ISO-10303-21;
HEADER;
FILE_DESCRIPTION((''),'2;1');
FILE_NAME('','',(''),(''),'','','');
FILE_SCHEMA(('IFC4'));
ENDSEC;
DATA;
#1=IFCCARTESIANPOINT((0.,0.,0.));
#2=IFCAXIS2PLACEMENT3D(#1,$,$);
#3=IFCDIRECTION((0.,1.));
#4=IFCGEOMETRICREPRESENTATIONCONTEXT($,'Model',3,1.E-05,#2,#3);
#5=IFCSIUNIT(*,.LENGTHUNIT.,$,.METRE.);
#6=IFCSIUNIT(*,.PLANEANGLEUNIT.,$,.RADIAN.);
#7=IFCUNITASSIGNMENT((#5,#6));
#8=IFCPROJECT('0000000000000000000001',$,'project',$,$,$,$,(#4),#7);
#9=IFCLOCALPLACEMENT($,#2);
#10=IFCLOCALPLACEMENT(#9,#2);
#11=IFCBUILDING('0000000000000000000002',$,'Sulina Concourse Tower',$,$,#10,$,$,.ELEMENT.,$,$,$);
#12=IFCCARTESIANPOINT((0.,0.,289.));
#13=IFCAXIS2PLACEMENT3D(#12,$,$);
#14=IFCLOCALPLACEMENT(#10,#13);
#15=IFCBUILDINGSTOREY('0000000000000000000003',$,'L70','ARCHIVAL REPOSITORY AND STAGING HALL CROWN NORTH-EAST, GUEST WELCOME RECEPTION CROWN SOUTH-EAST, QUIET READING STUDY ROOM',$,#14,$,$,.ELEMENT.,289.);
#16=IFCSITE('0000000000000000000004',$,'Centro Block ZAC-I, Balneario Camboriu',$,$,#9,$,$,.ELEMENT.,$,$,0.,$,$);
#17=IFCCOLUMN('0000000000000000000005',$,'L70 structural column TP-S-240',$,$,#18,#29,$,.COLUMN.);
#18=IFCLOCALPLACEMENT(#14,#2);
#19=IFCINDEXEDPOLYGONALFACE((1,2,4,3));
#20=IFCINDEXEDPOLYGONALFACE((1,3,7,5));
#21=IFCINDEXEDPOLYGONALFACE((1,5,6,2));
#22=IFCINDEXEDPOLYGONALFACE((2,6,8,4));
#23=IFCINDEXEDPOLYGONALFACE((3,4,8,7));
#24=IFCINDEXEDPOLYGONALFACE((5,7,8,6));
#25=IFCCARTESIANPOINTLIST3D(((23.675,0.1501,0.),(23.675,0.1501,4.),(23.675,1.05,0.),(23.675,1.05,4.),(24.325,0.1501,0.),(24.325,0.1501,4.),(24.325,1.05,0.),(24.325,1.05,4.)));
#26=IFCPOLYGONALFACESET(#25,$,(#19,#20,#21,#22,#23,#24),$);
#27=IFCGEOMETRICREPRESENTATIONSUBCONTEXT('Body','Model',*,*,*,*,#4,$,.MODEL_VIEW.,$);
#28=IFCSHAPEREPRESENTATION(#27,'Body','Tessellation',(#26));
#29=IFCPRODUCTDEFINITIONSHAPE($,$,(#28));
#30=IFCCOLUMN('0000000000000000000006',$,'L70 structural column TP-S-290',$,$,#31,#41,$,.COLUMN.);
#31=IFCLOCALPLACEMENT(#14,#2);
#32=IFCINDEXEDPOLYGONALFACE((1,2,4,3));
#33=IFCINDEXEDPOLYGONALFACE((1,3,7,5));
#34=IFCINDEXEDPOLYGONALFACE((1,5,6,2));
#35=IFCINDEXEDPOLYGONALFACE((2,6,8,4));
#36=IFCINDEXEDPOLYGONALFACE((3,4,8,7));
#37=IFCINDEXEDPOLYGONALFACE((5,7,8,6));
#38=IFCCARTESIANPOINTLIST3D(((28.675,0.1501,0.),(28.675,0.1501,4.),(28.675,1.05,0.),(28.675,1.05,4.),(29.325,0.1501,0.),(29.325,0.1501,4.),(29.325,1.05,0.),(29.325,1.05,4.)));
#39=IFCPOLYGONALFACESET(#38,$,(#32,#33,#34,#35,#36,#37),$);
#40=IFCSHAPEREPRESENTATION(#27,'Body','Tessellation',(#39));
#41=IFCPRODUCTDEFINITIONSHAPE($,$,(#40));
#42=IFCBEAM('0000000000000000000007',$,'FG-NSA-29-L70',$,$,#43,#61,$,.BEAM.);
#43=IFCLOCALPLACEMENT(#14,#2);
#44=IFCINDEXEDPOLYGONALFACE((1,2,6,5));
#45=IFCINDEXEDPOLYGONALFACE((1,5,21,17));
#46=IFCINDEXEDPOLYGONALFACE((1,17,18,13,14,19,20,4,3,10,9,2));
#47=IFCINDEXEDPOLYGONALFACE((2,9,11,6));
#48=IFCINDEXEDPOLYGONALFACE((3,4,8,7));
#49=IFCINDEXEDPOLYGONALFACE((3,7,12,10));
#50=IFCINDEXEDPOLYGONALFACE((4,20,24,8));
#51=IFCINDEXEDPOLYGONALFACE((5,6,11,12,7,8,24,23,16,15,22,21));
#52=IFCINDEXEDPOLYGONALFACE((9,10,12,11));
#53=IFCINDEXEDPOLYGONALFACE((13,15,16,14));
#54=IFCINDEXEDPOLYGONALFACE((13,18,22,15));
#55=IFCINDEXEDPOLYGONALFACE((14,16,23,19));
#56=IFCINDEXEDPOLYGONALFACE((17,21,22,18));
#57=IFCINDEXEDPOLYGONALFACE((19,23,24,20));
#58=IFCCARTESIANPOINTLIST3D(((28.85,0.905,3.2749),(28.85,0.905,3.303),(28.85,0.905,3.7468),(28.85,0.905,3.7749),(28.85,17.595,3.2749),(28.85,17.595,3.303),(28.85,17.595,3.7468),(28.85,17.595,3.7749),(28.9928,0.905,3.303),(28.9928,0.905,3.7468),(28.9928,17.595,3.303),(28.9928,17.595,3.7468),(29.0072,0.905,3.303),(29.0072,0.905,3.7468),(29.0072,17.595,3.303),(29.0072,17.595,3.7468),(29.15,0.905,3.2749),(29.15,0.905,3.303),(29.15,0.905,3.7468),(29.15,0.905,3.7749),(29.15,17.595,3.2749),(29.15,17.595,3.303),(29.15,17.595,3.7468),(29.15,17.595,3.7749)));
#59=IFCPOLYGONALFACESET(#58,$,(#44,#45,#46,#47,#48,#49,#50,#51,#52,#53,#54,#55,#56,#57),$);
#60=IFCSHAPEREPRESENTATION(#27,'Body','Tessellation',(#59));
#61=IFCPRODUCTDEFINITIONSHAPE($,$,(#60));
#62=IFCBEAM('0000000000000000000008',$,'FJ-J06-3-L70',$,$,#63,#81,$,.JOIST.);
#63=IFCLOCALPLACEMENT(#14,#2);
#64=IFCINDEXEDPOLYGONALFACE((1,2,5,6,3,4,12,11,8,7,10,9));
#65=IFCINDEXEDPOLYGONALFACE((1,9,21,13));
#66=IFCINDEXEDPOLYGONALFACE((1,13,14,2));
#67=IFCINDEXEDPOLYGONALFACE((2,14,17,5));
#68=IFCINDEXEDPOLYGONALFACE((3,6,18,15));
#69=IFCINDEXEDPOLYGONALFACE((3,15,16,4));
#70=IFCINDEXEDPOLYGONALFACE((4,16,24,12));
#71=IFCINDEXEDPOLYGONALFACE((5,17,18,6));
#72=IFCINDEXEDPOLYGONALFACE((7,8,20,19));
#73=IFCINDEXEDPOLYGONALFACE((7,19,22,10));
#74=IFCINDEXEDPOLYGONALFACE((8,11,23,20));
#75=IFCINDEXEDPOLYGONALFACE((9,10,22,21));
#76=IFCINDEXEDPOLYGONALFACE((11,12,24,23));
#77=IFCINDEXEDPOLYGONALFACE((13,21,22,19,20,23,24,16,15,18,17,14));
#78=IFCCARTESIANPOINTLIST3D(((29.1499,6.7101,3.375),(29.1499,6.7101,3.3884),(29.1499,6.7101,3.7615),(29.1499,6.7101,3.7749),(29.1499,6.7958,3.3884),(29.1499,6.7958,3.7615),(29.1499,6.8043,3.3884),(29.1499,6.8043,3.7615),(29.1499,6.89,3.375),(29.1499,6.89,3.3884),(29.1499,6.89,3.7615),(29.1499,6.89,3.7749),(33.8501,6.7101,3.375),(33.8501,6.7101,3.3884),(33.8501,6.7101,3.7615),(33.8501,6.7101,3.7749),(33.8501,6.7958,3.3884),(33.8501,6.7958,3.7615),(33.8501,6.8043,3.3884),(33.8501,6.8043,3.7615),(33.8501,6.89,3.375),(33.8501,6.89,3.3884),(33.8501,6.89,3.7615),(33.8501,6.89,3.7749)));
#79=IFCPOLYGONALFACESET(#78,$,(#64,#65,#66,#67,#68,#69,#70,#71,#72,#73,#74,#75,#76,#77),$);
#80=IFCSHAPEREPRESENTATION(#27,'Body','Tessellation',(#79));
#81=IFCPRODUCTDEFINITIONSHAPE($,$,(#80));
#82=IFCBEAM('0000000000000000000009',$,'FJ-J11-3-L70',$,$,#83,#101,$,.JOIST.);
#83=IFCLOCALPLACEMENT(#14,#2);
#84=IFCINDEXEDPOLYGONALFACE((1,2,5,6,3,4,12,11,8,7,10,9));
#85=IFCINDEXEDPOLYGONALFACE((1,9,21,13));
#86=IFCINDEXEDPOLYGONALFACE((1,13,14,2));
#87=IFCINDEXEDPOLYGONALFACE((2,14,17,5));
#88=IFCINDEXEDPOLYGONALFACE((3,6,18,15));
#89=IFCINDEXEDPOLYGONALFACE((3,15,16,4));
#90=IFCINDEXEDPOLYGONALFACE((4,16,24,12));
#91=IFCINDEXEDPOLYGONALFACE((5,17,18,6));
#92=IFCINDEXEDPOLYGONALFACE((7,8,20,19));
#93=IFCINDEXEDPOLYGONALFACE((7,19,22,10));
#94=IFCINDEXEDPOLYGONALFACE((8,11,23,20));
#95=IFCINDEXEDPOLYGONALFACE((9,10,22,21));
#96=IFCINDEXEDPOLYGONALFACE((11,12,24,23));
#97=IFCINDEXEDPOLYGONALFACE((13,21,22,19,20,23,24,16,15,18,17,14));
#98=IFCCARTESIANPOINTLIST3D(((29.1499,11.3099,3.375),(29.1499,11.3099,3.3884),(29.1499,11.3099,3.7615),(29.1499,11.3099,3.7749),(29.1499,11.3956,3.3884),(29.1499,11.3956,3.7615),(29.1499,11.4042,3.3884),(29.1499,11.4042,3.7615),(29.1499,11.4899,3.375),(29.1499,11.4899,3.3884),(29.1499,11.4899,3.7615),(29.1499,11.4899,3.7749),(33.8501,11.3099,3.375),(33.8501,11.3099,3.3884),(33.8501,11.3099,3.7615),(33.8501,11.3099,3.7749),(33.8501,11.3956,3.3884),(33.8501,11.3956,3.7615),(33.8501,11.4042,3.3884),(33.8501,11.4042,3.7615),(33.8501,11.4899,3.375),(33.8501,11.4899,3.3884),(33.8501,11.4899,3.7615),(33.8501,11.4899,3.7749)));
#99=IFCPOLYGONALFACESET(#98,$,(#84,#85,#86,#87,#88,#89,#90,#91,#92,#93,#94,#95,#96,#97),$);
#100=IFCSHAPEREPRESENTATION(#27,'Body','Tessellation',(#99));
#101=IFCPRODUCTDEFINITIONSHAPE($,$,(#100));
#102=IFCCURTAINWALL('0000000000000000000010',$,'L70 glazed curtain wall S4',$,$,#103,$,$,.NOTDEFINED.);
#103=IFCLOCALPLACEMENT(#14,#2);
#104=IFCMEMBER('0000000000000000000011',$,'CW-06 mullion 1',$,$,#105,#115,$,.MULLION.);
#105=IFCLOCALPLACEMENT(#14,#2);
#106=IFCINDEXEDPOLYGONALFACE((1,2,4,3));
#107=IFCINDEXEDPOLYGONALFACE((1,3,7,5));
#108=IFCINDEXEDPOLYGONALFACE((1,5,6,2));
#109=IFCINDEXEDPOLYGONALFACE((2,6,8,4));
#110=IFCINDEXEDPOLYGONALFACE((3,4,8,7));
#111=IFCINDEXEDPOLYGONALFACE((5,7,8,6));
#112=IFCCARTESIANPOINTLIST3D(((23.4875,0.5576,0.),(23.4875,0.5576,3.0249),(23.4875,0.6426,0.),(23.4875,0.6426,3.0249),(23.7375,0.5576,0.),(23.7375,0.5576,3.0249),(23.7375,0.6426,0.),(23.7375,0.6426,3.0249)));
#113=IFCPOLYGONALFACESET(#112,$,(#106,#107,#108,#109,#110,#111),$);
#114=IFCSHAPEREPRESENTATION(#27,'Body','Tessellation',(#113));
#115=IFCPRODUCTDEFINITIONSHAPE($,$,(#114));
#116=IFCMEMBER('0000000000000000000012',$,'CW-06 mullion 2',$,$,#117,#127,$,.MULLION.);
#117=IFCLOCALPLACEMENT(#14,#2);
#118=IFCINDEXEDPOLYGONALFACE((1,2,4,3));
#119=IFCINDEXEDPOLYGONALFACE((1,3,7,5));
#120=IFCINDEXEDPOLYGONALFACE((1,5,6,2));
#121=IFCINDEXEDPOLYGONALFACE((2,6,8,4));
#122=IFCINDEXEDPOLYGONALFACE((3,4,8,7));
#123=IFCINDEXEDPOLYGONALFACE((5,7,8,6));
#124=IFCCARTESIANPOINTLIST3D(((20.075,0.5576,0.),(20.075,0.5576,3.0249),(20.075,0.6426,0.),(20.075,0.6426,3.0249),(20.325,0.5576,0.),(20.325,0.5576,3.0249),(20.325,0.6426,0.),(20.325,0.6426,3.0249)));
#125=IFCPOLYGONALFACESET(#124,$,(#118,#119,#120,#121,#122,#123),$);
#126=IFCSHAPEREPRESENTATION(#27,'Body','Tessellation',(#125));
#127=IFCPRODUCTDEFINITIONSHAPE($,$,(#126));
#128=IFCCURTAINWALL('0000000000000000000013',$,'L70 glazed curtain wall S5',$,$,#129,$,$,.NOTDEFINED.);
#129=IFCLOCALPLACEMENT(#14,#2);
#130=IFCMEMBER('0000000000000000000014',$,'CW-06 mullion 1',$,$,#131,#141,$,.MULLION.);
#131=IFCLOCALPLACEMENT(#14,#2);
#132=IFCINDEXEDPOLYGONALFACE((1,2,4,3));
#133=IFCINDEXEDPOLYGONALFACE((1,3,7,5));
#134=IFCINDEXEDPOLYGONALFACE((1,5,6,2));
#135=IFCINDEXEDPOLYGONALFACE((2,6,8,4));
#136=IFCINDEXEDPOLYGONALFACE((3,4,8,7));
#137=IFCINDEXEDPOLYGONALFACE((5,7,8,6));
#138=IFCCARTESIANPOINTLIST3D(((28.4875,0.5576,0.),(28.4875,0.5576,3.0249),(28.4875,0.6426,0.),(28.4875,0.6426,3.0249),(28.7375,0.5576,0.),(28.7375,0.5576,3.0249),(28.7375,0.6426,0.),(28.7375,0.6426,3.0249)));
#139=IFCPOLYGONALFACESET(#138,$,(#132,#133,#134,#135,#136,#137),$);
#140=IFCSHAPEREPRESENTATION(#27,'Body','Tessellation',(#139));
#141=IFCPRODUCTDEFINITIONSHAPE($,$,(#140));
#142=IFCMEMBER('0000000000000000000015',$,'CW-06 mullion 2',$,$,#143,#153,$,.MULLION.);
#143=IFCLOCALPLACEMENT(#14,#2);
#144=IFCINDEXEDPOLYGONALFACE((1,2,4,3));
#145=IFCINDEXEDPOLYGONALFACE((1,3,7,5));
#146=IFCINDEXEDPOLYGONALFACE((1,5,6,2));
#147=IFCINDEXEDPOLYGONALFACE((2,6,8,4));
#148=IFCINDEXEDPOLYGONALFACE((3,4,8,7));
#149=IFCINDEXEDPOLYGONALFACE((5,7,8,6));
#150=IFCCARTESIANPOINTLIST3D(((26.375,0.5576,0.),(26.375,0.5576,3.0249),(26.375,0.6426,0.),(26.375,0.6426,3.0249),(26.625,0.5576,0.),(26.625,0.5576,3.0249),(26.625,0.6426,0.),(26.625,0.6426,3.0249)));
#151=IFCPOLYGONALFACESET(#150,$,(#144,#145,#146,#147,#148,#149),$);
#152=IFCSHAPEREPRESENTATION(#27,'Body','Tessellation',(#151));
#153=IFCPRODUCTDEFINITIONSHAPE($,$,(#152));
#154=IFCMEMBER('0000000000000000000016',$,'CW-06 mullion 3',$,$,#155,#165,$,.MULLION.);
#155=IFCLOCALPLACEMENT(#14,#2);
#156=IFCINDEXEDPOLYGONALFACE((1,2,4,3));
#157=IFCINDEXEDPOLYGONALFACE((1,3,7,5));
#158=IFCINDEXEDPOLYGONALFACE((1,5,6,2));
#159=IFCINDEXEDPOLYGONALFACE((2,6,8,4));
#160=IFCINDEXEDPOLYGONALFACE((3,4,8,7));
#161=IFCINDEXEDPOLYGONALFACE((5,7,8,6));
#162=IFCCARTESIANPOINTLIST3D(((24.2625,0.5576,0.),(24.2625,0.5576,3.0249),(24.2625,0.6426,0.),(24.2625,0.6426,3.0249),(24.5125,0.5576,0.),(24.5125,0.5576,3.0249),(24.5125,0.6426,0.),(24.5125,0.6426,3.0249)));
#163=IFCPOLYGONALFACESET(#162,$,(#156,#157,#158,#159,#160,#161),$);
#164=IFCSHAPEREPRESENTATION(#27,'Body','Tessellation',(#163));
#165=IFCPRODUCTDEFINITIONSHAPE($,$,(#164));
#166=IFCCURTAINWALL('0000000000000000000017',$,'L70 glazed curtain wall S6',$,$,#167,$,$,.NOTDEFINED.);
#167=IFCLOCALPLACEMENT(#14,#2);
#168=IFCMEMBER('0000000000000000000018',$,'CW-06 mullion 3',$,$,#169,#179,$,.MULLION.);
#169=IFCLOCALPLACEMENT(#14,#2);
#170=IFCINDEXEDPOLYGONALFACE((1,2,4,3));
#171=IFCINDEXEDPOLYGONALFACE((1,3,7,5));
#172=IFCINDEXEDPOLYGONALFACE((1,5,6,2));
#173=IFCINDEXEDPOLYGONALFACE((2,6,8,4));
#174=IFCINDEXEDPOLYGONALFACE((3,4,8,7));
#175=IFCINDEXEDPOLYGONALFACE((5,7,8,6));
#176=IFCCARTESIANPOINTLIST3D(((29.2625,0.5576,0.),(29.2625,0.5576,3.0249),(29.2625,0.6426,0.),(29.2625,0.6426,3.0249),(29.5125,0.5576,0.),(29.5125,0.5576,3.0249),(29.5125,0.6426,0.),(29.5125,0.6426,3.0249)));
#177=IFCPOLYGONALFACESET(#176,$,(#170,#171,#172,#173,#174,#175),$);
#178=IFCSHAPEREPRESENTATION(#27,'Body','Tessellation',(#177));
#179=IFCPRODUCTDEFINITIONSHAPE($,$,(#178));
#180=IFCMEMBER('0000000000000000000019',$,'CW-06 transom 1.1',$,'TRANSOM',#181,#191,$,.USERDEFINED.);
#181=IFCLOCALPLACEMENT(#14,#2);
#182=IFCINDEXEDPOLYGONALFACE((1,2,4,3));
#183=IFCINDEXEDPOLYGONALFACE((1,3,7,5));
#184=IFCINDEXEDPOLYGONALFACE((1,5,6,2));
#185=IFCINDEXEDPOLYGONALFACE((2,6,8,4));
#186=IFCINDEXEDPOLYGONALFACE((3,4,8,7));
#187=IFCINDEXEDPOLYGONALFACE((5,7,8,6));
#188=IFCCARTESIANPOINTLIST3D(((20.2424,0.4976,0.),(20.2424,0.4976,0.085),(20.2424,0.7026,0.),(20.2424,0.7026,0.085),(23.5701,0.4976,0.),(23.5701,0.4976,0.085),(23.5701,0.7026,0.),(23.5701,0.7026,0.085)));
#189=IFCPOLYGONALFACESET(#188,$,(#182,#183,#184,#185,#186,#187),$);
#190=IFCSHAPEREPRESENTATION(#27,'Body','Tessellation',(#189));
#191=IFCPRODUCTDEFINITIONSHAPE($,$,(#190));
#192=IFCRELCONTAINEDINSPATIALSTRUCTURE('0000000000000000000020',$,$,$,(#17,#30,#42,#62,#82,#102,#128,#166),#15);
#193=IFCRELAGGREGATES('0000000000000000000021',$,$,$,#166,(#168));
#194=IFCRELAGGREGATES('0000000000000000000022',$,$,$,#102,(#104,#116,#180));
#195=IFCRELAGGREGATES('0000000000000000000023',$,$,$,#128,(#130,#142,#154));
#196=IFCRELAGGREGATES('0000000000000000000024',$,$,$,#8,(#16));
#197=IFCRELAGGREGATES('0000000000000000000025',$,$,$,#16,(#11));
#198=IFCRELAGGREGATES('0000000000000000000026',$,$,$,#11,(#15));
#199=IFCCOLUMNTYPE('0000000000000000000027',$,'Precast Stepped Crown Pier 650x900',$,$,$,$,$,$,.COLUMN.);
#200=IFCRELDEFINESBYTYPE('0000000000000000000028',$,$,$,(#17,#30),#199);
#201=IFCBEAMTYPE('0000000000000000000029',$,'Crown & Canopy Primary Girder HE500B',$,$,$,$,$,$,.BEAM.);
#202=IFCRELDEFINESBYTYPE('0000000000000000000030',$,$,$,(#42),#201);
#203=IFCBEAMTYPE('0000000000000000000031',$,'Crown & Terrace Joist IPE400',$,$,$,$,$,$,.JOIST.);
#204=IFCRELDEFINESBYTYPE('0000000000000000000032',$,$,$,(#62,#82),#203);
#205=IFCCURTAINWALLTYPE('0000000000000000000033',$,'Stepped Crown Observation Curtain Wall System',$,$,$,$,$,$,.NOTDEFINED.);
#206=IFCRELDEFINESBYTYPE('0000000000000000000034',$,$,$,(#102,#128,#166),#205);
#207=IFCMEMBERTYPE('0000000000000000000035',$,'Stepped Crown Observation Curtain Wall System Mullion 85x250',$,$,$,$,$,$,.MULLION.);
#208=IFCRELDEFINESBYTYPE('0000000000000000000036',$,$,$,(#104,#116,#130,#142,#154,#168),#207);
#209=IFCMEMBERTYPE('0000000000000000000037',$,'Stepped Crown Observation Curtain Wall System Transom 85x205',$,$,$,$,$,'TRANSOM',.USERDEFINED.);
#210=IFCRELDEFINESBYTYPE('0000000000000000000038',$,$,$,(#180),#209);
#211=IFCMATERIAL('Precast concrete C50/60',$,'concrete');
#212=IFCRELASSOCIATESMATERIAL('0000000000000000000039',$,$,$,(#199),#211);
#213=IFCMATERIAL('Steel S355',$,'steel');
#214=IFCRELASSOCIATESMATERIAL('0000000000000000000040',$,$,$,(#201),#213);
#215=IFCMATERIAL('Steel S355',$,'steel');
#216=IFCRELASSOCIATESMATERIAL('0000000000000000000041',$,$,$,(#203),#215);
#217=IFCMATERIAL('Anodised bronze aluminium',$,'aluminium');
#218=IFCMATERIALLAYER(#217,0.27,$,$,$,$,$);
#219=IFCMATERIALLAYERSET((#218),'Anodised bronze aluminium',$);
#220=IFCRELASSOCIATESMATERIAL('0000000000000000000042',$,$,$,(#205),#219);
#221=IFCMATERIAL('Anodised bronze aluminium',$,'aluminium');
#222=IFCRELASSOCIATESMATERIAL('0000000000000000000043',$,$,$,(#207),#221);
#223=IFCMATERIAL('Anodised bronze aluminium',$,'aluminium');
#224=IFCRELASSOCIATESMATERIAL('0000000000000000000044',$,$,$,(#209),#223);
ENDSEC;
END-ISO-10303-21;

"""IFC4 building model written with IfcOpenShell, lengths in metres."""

from ifc_helpers import new_model, si_unit, direction, frame, origin, origin_2d, place, context, subcontext, project, spatial, rectangle, i_section, extrude, material, layer, layer_set, material_profile, profile_set, type_object, element, aggregate, save


model = new_model("IFC4")

# Units and contexts
model_context = context("Model", 3, precision=1e-05, world=origin(), true_north=direction((0.0, 1.0)))
body_context = subcontext(model_context, "Body", "Model", "MODEL_VIEW")
ifc_project = project(units=[si_unit("LENGTHUNIT", "METRE"), si_unit("PLANEANGLEUNIT", "RADIAN")], contexts=[model_context])

# Site, building, storey
site_placement = place(None, origin())
site = spatial("IfcSite", under=ifc_project, at=site_placement, Name="Centro Block ZAC-I, Balneario Camboriu", CompositionType="ELEMENT", RefElevation=0.0)
building_placement = place(site_placement, origin())
building = spatial("IfcBuilding", under=site, at=building_placement, Name="Sulina Concourse Tower", CompositionType="ELEMENT")
storey_placement = place(building_placement, frame((0.0, 0.0, 289.0)))
storey = spatial("IfcBuildingStorey", under=building, at=storey_placement, Name="L70", Description="ARCHIVAL REPOSITORY AND STAGING HALL CROWN NORTH-EAST, GUEST WELCOME RECEPTION CROWN SOUTH-EAST, QUIET READING STUDY ROOM", CompositionType="ELEMENT", Elevation=289.0)

# Columns
ifc_material_1 = material(Name="Precast concrete C50/60", Category="concrete")
ifc_material_profile_1 = material_profile(ifc_material_1, rectangle(XDim=0.6499, YDim=0.8999, at=origin_2d()), Name="PC 650x900")
ifc_profile_set_1 = profile_set([ifc_material_profile_1], Name="Precast concrete C50/60")
column_type = type_object("IfcColumnType", Name="Precast Stepped Crown Pier 650x900", PredefinedType="COLUMN", material=ifc_profile_set_1)
for number, where, z_axis, x_axis, name in (
    (1, (24.0, 0.6001, 0.0), (0.0, 0.0, 1.0), (1.0, 0.0, 0.0), "L70 structural column TP-S-240"),
    (2, (29.0, 0.6001, 0.0), (0.0, 0.0, 1.0), (1.0, 0.0, 0.0), "L70 structural column TP-S-290"),
):
    element("IfcColumn", number, at=place(storey_placement, frame(where, z_axis=z_axis, x_axis=x_axis)), inside=storey, type_object=column_type, Name=name, PredefinedType="COLUMN", context=body_context, shape_type="SweptSolid", body=[
        extrude(rectangle(XDim=0.6499, YDim=0.8999, at=origin_2d()), origin(), (0.0, 0.0, 1.0), 4.0),
    ])

# Beams
ifc_material_2 = material(Name="Steel S355", Category="steel")
ifc_material_profile_2 = material_profile(ifc_material_2, i_section(OverallWidth=0.3, OverallDepth=0.5, WebThickness=0.0144, FlangeThickness=0.0281, at=origin_2d()), Name="HE 500 B")
ifc_profile_set_2 = profile_set([ifc_material_profile_2], Name="Steel S355")
beam_type_1 = type_object("IfcBeamType", Name="Crown & Canopy Primary Girder HE500B", PredefinedType="BEAM", material=ifc_profile_set_2)
beam_placement = place(storey_placement, frame((29.0, 0.905, 3.5249), z_axis=(0.0, 1.0, 0.0), x_axis=(-1.0, 0.0, 0.0)))
element("IfcBeam", 3, at=beam_placement, inside=storey, type_object=beam_type_1, Name="FG-NSA-29-L70", PredefinedType="BEAM", context=body_context, shape_type="SweptSolid", body=[
    extrude(i_section(OverallWidth=0.3, OverallDepth=0.5, WebThickness=0.0144, FlangeThickness=0.0281, at=origin_2d()), origin(), (0.0, 0.0, 1.0), 16.6899),
])
ifc_material_3 = material(Name="Steel S355", Category="steel")
ifc_material_profile_3 = material_profile(ifc_material_3, i_section(OverallWidth=0.1799, OverallDepth=0.3999, WebThickness=0.0085, FlangeThickness=0.0134, at=origin_2d()), Name="IPE 400")
ifc_profile_set_3 = profile_set([ifc_material_profile_3], Name="Steel S355")
beam_type_2 = type_object("IfcBeamType", Name="Crown & Terrace Joist IPE400", PredefinedType="JOIST", material=ifc_profile_set_3)
for number, where, z_axis, x_axis, name in (
    (4, (29.1499, 6.8, 3.575), (1.0, 0.0, 0.0), (0.0, 1.0, 0.0), "FJ-J06-3-L70"),
    (5, (29.1499, 11.3999, 3.575), (1.0, 0.0, 0.0), (0.0, 1.0, 0.0), "FJ-J11-3-L70"),
):
    element("IfcBeam", number, at=place(storey_placement, frame(where, z_axis=z_axis, x_axis=x_axis)), inside=storey, type_object=beam_type_2, Name=name, PredefinedType="JOIST", context=body_context, shape_type="SweptSolid", body=[
        extrude(i_section(OverallWidth=0.1799, OverallDepth=0.3999, WebThickness=0.0085, FlangeThickness=0.0134, at=origin_2d()), origin(), (0.0, 0.0, 1.0), 4.7002),
    ])

# Curtain walls, members
ifc_material_4 = material(Name="Anodised bronze aluminium", Category="aluminium")
ifc_layer_1 = layer(ifc_material_4, 0.27)
ifc_layer_set_1 = layer_set([ifc_layer_1], Name="Anodised bronze aluminium")
curtain_wall_type = type_object("IfcCurtainWallType", Name="Stepped Crown Observation Curtain Wall System", PredefinedType="NOTDEFINED", material=ifc_layer_set_1)
curtain_wall_1_placement = place(storey_placement, origin())
curtain_wall_1 = element("IfcCurtainWall", 6, at=curtain_wall_1_placement, inside=storey, type_object=curtain_wall_type, Name="L70 glazed curtain wall S4", PredefinedType="NOTDEFINED")
ifc_material_5 = material(Name="Anodised bronze aluminium", Category="aluminium")
ifc_material_profile_4 = material_profile(ifc_material_5, rectangle(XDim=0.085, YDim=0.25, at=origin_2d()), Name="MUL 85x250")
ifc_profile_set_4 = profile_set([ifc_material_profile_4], Name="Anodised bronze aluminium")
member_type_1 = type_object("IfcMemberType", Name="Stepped Crown Observation Curtain Wall System Mullion 85x250", PredefinedType="MULLION", material=ifc_profile_set_4)
member_1_placement = place(storey_placement, frame((23.6125, 0.6001, 0.0), z_axis=(0.0, 0.0, 1.0), x_axis=(0.0, -1.0, 0.0)))
member_1 = element("IfcMember", 7, at=member_1_placement, type_object=member_type_1, Name="CW-06 mullion 1", PredefinedType="MULLION", context=body_context, shape_type="SweptSolid", body=[
    extrude(rectangle(XDim=0.085, YDim=0.25, at=origin_2d()), origin(), (0.0, 0.0, 1.0), 3.0249),
])
member_2_placement = place(storey_placement, frame((20.2, 0.6001, 0.0), z_axis=(0.0, 0.0, 1.0), x_axis=(0.0, -1.0, 0.0)))
member_2 = element("IfcMember", 8, at=member_2_placement, type_object=member_type_1, Name="CW-06 mullion 2", PredefinedType="MULLION", context=body_context, shape_type="SweptSolid", body=[
    extrude(rectangle(XDim=0.085, YDim=0.25, at=origin_2d()), origin(), (0.0, 0.0, 1.0), 3.0249),
])
curtain_wall_2_placement = place(storey_placement, origin())
curtain_wall_2 = element("IfcCurtainWall", 9, at=curtain_wall_2_placement, inside=storey, type_object=curtain_wall_type, Name="L70 glazed curtain wall S5", PredefinedType="NOTDEFINED")
member_3_placement = place(storey_placement, frame((28.6125, 0.6001, 0.0), z_axis=(0.0, 0.0, 1.0), x_axis=(0.0, -1.0, 0.0)))
member_3 = element("IfcMember", 10, at=member_3_placement, type_object=member_type_1, Name="CW-06 mullion 1", PredefinedType="MULLION", context=body_context, shape_type="SweptSolid", body=[
    extrude(rectangle(XDim=0.085, YDim=0.25, at=origin_2d()), origin(), (0.0, 0.0, 1.0), 3.0249),
])
member_4_placement = place(storey_placement, frame((26.5, 0.6001, 0.0), z_axis=(0.0, 0.0, 1.0), x_axis=(0.0, -1.0, 0.0)))
member_4 = element("IfcMember", 11, at=member_4_placement, type_object=member_type_1, Name="CW-06 mullion 2", PredefinedType="MULLION", context=body_context, shape_type="SweptSolid", body=[
    extrude(rectangle(XDim=0.085, YDim=0.25, at=origin_2d()), origin(), (0.0, 0.0, 1.0), 3.0249),
])
member_5_placement = place(storey_placement, frame((24.3875, 0.6001, 0.0), z_axis=(0.0, 0.0, 1.0), x_axis=(0.0, -1.0, 0.0)))
member_5 = element("IfcMember", 12, at=member_5_placement, type_object=member_type_1, Name="CW-06 mullion 3", PredefinedType="MULLION", context=body_context, shape_type="SweptSolid", body=[
    extrude(rectangle(XDim=0.085, YDim=0.25, at=origin_2d()), origin(), (0.0, 0.0, 1.0), 3.0249),
])

# Curtain wall, member
curtain_wall_3_placement = place(storey_placement, origin())
curtain_wall_3 = element("IfcCurtainWall", 13, at=curtain_wall_3_placement, inside=storey, type_object=curtain_wall_type, Name="L70 glazed curtain wall S6", PredefinedType="NOTDEFINED")
member_6_placement = place(storey_placement, frame((29.3875, 0.6001, 0.0), z_axis=(0.0, 0.0, 1.0), x_axis=(0.0, -1.0, 0.0)))
member_6 = element("IfcMember", 14, at=member_6_placement, type_object=member_type_1, Name="CW-06 mullion 3", PredefinedType="MULLION", context=body_context, shape_type="SweptSolid", body=[
    extrude(rectangle(XDim=0.085, YDim=0.25, at=origin_2d()), origin(), (0.0, 0.0, 1.0), 3.0249),
])
aggregate(curtain_wall_3, [member_6])

# Member
ifc_material_6 = material(Name="Anodised bronze aluminium", Category="aluminium")
ifc_material_profile_5 = material_profile(ifc_material_6, rectangle(XDim=0.2051, YDim=0.085, at=origin_2d()), Name="TRN 85x205")
ifc_profile_set_5 = profile_set([ifc_material_profile_5], Name="Anodised bronze aluminium")
member_type_2 = type_object("IfcMemberType", Name="Stepped Crown Observation Curtain Wall System Transom 85x205", ElementType="TRANSOM", PredefinedType="USERDEFINED", material=ifc_profile_set_5)
member_7_placement = place(storey_placement, frame((23.5701, 0.6001, 0.0425), z_axis=(-1.0, 0.0, 0.0), x_axis=(0.0, -1.0, 0.0)))
member_7 = element("IfcMember", 15, at=member_7_placement, type_object=member_type_2, Name="CW-06 transom 1.1", ObjectType="TRANSOM", PredefinedType="USERDEFINED", context=body_context, shape_type="SweptSolid", body=[
    extrude(rectangle(XDim=0.2051, YDim=0.085, at=origin_2d()), origin(), (0.0, 0.0, 1.0), 3.3276),
])

aggregate(curtain_wall_1, [member_1, member_2, member_7])
aggregate(curtain_wall_2, [member_3, member_4, member_5])

save(model, "model.ifc")
